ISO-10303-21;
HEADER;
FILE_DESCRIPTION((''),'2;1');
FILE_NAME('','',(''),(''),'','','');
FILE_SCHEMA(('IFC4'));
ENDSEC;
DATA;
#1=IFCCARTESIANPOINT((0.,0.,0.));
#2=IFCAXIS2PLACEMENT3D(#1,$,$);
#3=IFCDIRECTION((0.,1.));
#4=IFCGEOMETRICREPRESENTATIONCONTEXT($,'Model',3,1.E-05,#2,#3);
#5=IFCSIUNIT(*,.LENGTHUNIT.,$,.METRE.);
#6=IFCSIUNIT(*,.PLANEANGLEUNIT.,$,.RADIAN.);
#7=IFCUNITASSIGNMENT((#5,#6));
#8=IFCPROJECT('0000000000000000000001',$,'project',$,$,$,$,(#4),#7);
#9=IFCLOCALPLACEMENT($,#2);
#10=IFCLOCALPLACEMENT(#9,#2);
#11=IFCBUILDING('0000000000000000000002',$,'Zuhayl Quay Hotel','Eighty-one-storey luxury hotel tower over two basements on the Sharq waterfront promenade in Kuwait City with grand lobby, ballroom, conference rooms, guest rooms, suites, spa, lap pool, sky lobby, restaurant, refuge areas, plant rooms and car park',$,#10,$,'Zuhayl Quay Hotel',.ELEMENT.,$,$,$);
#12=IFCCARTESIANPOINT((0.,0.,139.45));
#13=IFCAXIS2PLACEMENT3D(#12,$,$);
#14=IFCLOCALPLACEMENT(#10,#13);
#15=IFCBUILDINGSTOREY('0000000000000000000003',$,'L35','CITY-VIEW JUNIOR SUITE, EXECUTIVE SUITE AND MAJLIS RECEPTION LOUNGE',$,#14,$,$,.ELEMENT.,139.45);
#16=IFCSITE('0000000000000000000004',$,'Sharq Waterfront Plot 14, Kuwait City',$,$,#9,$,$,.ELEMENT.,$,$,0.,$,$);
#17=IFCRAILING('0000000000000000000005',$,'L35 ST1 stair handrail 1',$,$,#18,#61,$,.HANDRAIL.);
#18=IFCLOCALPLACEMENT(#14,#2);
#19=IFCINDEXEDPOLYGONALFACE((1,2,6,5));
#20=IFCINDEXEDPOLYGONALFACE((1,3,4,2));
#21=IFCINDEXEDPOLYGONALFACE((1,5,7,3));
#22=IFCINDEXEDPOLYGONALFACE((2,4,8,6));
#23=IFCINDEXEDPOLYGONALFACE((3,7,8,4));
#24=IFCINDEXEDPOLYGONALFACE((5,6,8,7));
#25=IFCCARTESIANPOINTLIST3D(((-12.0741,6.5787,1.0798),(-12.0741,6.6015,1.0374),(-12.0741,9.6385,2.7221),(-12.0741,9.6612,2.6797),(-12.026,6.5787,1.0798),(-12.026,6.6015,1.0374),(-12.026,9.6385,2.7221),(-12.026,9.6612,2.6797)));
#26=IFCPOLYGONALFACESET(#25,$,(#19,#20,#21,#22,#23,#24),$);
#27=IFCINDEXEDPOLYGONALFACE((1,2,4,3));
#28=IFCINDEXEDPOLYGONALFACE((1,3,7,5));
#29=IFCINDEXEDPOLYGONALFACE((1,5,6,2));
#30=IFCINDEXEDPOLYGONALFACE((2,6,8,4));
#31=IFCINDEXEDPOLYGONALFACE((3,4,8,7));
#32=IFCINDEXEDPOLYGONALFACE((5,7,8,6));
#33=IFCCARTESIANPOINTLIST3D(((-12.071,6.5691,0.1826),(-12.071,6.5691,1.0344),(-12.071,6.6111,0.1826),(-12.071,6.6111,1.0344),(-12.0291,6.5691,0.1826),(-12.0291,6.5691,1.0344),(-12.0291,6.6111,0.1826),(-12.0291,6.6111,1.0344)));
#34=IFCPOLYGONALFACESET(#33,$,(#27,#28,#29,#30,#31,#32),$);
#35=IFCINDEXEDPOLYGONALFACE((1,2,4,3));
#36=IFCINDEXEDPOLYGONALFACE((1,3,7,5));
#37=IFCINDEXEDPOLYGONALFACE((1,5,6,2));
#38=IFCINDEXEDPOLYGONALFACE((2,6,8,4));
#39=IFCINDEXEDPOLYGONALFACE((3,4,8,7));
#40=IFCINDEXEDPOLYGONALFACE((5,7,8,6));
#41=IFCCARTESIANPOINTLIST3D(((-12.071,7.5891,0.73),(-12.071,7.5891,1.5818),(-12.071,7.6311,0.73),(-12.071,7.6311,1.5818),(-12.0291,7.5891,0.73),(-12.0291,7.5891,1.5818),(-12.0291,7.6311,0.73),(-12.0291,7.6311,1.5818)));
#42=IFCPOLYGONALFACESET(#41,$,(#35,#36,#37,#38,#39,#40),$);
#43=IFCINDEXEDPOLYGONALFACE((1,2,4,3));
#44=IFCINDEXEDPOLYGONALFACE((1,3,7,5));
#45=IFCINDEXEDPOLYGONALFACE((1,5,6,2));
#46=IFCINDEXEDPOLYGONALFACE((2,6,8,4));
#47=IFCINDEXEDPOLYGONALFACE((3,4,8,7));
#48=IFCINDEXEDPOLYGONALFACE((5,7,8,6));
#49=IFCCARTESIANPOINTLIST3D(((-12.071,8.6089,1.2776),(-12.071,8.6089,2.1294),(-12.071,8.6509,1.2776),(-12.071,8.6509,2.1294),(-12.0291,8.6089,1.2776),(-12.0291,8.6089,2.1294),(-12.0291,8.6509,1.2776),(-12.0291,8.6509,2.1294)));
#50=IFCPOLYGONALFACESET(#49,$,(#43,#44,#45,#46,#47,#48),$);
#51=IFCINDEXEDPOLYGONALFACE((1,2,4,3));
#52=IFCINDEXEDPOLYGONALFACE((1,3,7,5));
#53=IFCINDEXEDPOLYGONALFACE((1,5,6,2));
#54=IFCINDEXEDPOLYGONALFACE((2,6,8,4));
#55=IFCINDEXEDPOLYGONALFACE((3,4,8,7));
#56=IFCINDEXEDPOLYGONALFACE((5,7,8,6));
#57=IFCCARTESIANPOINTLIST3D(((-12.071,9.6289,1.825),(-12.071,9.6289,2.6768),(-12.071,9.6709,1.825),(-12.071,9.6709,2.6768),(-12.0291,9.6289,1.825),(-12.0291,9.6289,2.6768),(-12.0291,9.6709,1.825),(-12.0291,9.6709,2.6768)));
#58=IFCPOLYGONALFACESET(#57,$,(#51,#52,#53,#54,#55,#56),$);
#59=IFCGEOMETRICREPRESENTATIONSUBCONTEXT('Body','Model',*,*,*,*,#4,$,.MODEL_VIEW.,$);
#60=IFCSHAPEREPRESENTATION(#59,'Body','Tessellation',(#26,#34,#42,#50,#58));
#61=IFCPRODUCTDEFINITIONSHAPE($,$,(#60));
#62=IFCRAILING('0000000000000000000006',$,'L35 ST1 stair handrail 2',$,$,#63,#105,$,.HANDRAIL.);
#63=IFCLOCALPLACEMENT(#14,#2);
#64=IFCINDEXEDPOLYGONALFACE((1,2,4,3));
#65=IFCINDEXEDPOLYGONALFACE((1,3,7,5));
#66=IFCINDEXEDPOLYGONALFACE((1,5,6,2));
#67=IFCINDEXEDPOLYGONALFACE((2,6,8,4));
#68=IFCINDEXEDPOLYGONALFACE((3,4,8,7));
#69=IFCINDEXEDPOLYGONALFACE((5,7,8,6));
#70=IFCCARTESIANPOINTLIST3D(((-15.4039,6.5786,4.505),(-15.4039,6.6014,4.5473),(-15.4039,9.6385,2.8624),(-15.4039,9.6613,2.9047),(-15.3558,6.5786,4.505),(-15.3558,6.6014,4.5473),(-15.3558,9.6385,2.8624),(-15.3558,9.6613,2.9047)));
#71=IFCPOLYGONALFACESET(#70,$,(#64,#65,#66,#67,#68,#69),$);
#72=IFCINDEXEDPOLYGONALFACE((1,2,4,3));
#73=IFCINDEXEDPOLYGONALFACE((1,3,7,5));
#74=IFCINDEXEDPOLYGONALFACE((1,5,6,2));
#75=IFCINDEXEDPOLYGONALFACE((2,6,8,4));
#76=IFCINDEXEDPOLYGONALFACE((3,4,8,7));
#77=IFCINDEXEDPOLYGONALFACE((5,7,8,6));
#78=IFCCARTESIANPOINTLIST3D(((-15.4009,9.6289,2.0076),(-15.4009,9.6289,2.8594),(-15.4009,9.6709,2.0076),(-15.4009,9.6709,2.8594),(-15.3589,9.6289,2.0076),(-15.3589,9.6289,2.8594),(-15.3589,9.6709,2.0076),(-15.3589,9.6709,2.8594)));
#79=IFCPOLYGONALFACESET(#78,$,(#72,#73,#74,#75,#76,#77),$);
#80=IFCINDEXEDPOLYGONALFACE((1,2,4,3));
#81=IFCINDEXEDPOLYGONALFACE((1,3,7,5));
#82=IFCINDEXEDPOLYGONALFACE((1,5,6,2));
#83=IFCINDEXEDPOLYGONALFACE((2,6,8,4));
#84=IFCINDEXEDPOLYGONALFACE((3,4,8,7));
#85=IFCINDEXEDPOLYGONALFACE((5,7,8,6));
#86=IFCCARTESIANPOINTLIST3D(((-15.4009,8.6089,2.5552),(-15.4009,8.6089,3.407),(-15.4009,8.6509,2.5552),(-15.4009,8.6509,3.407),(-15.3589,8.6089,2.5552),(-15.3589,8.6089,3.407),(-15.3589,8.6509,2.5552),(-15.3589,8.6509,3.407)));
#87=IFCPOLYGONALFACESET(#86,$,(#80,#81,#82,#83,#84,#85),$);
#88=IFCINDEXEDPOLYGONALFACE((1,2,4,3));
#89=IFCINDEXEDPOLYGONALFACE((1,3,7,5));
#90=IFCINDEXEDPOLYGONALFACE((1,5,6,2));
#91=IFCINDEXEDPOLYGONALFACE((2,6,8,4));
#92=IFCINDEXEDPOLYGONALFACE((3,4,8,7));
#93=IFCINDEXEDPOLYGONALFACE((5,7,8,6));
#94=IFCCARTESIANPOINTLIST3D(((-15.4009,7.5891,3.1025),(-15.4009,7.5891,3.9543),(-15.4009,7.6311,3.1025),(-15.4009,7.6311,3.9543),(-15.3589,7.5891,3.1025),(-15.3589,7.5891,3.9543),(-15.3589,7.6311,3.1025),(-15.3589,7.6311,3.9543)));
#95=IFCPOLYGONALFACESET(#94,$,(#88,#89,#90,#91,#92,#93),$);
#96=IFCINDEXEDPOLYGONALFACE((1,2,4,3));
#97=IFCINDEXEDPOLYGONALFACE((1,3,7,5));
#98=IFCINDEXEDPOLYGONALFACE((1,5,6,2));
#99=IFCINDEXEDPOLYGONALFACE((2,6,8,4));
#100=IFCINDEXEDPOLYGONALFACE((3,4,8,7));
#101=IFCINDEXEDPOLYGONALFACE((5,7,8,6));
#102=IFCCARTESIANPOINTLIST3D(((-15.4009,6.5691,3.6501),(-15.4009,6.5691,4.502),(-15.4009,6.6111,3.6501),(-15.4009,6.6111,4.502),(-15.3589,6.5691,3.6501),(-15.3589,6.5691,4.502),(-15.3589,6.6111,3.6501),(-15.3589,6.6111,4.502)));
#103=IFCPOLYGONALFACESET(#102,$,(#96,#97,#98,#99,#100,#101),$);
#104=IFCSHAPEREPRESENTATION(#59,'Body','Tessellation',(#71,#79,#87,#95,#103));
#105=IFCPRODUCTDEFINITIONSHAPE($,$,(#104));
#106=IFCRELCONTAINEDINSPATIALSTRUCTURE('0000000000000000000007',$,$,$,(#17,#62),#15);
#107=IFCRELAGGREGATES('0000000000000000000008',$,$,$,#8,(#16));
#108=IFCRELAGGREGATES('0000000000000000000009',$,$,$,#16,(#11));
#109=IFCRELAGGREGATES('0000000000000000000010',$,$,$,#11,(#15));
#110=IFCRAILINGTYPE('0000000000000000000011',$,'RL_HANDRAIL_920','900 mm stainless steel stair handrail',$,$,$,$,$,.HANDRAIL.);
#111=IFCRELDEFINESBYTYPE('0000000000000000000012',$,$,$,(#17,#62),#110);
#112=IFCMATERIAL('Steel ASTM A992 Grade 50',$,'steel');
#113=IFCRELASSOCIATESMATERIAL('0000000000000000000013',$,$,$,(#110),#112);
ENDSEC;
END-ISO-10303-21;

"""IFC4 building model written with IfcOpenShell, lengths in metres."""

from ifc_helpers import new_model, si_unit, direction, frame, origin, origin_2d, place, context, subcontext, project, spatial, rectangle, extrude, material, type_object, element, save


model = new_model("IFC4")

# Units and contexts
model_context = context("Model", 3, precision=1e-05, world=origin(), true_north=direction((0.0, 1.0)))
body_context = subcontext(model_context, "Body", "Model", "MODEL_VIEW")
ifc_project = project(units=[si_unit("LENGTHUNIT", "METRE"), si_unit("PLANEANGLEUNIT", "RADIAN")], contexts=[model_context])

# Site, building, storey
site_placement = place(None, origin())
site = spatial("IfcSite", under=ifc_project, at=site_placement, Name="Sharq Waterfront Plot 14, Kuwait City", CompositionType="ELEMENT", RefElevation=0.0)
building_placement = place(site_placement, origin())
building = spatial("IfcBuilding", under=site, at=building_placement, Name="Zuhayl Quay Hotel", Description="Eighty-one-storey luxury hotel tower over two basements on the Sharq waterfront promenade in Kuwait City with grand lobby, ballroom, conference rooms, guest rooms, suites, spa, lap pool, sky lobby, restaurant, refuge areas, plant rooms and car park", LongName="Zuhayl Quay Hotel", CompositionType="ELEMENT")
storey_placement = place(building_placement, frame((0.0, 0.0, 139.45)))
storey = spatial("IfcBuildingStorey", under=building, at=storey_placement, Name="L35", Description="CITY-VIEW JUNIOR SUITE, EXECUTIVE SUITE AND MAJLIS RECEPTION LOUNGE", CompositionType="ELEMENT", Elevation=139.45)

# Shared definitions
ifc_material_1 = material(Name="Steel ASTM A992 Grade 50", Category="steel")

# Railings
railing_type_1 = type_object("IfcRailingType", Name="RL_HANDRAIL_920", Description="900 mm stainless steel stair handrail", PredefinedType="HANDRAIL", material=ifc_material_1)
railing_1_placement = place(storey_placement, frame((-12.05, 6.5901, 0.1826)))
element("IfcRailing", 1, at=railing_1_placement, inside=storey, type_object=railing_type_1, Name="L35 ST1 stair handrail 1", PredefinedType="HANDRAIL", context=body_context, shape_type="SweptSolid", body=[
    extrude(rectangle(XDim=0.0481, YDim=0.0481, at=origin_2d()), frame((0.0, 0.0, 0.876), z_axis=(0.0, 0.881102, 0.472926), x_axis=(-1.0, 0.0, 0.0)), (0.0, 0.0, 1.0), 3.4727),
    extrude(rectangle(XDim=0.042, YDim=0.042, at=origin_2d()), origin(), (0.0, 0.0, 1.0), 0.8518),
    extrude(rectangle(XDim=0.042, YDim=0.042, at=origin_2d()), frame((0.0, 1.02, 0.5474)), (0.0, 0.0, 1.0), 0.8518),
    extrude(rectangle(XDim=0.042, YDim=0.042, at=origin_2d()), frame((0.0, 2.0398, 1.095)), (0.0, 0.0, 1.0), 0.8518),
    extrude(rectangle(XDim=0.042, YDim=0.042, at=origin_2d()), frame((0.0, 3.0598, 1.6423)), (0.0, 0.0, 1.0), 0.8518),
])
railing_2_placement = place(storey_placement, frame((-15.3799, 9.6499, 2.0076)))
element("IfcRailing", 2, at=railing_2_placement, inside=storey, type_object=railing_type_1, Name="L35 ST1 stair handrail 2", PredefinedType="HANDRAIL", context=body_context, shape_type="SweptSolid", body=[
    extrude(rectangle(XDim=0.0481, YDim=0.0481, at=origin_2d()), frame((0.0, 0.0, 0.876), z_axis=(0.0, -0.881073, 0.47298), x_axis=(1.0, 0.0, 0.0)), (0.0, 0.0, 1.0), 3.4729),
    extrude(rectangle(XDim=0.042, YDim=0.042, at=origin_2d()), origin(), (0.0, 0.0, 1.0), 0.8518),
    extrude(rectangle(XDim=0.042, YDim=0.042, at=origin_2d()), frame((0.0, -1.02, 0.5476)), (0.0, 0.0, 1.0), 0.8518),
    extrude(rectangle(XDim=0.042, YDim=0.042, at=origin_2d()), frame((0.0, -2.0398, 1.095)), (0.0, 0.0, 1.0), 0.8518),
    extrude(rectangle(XDim=0.042, YDim=0.042, at=origin_2d()), frame((0.0, -3.0598, 1.6426)), (0.0, 0.0, 1.0), 0.8518),
])

save(model, "model.ifc")
